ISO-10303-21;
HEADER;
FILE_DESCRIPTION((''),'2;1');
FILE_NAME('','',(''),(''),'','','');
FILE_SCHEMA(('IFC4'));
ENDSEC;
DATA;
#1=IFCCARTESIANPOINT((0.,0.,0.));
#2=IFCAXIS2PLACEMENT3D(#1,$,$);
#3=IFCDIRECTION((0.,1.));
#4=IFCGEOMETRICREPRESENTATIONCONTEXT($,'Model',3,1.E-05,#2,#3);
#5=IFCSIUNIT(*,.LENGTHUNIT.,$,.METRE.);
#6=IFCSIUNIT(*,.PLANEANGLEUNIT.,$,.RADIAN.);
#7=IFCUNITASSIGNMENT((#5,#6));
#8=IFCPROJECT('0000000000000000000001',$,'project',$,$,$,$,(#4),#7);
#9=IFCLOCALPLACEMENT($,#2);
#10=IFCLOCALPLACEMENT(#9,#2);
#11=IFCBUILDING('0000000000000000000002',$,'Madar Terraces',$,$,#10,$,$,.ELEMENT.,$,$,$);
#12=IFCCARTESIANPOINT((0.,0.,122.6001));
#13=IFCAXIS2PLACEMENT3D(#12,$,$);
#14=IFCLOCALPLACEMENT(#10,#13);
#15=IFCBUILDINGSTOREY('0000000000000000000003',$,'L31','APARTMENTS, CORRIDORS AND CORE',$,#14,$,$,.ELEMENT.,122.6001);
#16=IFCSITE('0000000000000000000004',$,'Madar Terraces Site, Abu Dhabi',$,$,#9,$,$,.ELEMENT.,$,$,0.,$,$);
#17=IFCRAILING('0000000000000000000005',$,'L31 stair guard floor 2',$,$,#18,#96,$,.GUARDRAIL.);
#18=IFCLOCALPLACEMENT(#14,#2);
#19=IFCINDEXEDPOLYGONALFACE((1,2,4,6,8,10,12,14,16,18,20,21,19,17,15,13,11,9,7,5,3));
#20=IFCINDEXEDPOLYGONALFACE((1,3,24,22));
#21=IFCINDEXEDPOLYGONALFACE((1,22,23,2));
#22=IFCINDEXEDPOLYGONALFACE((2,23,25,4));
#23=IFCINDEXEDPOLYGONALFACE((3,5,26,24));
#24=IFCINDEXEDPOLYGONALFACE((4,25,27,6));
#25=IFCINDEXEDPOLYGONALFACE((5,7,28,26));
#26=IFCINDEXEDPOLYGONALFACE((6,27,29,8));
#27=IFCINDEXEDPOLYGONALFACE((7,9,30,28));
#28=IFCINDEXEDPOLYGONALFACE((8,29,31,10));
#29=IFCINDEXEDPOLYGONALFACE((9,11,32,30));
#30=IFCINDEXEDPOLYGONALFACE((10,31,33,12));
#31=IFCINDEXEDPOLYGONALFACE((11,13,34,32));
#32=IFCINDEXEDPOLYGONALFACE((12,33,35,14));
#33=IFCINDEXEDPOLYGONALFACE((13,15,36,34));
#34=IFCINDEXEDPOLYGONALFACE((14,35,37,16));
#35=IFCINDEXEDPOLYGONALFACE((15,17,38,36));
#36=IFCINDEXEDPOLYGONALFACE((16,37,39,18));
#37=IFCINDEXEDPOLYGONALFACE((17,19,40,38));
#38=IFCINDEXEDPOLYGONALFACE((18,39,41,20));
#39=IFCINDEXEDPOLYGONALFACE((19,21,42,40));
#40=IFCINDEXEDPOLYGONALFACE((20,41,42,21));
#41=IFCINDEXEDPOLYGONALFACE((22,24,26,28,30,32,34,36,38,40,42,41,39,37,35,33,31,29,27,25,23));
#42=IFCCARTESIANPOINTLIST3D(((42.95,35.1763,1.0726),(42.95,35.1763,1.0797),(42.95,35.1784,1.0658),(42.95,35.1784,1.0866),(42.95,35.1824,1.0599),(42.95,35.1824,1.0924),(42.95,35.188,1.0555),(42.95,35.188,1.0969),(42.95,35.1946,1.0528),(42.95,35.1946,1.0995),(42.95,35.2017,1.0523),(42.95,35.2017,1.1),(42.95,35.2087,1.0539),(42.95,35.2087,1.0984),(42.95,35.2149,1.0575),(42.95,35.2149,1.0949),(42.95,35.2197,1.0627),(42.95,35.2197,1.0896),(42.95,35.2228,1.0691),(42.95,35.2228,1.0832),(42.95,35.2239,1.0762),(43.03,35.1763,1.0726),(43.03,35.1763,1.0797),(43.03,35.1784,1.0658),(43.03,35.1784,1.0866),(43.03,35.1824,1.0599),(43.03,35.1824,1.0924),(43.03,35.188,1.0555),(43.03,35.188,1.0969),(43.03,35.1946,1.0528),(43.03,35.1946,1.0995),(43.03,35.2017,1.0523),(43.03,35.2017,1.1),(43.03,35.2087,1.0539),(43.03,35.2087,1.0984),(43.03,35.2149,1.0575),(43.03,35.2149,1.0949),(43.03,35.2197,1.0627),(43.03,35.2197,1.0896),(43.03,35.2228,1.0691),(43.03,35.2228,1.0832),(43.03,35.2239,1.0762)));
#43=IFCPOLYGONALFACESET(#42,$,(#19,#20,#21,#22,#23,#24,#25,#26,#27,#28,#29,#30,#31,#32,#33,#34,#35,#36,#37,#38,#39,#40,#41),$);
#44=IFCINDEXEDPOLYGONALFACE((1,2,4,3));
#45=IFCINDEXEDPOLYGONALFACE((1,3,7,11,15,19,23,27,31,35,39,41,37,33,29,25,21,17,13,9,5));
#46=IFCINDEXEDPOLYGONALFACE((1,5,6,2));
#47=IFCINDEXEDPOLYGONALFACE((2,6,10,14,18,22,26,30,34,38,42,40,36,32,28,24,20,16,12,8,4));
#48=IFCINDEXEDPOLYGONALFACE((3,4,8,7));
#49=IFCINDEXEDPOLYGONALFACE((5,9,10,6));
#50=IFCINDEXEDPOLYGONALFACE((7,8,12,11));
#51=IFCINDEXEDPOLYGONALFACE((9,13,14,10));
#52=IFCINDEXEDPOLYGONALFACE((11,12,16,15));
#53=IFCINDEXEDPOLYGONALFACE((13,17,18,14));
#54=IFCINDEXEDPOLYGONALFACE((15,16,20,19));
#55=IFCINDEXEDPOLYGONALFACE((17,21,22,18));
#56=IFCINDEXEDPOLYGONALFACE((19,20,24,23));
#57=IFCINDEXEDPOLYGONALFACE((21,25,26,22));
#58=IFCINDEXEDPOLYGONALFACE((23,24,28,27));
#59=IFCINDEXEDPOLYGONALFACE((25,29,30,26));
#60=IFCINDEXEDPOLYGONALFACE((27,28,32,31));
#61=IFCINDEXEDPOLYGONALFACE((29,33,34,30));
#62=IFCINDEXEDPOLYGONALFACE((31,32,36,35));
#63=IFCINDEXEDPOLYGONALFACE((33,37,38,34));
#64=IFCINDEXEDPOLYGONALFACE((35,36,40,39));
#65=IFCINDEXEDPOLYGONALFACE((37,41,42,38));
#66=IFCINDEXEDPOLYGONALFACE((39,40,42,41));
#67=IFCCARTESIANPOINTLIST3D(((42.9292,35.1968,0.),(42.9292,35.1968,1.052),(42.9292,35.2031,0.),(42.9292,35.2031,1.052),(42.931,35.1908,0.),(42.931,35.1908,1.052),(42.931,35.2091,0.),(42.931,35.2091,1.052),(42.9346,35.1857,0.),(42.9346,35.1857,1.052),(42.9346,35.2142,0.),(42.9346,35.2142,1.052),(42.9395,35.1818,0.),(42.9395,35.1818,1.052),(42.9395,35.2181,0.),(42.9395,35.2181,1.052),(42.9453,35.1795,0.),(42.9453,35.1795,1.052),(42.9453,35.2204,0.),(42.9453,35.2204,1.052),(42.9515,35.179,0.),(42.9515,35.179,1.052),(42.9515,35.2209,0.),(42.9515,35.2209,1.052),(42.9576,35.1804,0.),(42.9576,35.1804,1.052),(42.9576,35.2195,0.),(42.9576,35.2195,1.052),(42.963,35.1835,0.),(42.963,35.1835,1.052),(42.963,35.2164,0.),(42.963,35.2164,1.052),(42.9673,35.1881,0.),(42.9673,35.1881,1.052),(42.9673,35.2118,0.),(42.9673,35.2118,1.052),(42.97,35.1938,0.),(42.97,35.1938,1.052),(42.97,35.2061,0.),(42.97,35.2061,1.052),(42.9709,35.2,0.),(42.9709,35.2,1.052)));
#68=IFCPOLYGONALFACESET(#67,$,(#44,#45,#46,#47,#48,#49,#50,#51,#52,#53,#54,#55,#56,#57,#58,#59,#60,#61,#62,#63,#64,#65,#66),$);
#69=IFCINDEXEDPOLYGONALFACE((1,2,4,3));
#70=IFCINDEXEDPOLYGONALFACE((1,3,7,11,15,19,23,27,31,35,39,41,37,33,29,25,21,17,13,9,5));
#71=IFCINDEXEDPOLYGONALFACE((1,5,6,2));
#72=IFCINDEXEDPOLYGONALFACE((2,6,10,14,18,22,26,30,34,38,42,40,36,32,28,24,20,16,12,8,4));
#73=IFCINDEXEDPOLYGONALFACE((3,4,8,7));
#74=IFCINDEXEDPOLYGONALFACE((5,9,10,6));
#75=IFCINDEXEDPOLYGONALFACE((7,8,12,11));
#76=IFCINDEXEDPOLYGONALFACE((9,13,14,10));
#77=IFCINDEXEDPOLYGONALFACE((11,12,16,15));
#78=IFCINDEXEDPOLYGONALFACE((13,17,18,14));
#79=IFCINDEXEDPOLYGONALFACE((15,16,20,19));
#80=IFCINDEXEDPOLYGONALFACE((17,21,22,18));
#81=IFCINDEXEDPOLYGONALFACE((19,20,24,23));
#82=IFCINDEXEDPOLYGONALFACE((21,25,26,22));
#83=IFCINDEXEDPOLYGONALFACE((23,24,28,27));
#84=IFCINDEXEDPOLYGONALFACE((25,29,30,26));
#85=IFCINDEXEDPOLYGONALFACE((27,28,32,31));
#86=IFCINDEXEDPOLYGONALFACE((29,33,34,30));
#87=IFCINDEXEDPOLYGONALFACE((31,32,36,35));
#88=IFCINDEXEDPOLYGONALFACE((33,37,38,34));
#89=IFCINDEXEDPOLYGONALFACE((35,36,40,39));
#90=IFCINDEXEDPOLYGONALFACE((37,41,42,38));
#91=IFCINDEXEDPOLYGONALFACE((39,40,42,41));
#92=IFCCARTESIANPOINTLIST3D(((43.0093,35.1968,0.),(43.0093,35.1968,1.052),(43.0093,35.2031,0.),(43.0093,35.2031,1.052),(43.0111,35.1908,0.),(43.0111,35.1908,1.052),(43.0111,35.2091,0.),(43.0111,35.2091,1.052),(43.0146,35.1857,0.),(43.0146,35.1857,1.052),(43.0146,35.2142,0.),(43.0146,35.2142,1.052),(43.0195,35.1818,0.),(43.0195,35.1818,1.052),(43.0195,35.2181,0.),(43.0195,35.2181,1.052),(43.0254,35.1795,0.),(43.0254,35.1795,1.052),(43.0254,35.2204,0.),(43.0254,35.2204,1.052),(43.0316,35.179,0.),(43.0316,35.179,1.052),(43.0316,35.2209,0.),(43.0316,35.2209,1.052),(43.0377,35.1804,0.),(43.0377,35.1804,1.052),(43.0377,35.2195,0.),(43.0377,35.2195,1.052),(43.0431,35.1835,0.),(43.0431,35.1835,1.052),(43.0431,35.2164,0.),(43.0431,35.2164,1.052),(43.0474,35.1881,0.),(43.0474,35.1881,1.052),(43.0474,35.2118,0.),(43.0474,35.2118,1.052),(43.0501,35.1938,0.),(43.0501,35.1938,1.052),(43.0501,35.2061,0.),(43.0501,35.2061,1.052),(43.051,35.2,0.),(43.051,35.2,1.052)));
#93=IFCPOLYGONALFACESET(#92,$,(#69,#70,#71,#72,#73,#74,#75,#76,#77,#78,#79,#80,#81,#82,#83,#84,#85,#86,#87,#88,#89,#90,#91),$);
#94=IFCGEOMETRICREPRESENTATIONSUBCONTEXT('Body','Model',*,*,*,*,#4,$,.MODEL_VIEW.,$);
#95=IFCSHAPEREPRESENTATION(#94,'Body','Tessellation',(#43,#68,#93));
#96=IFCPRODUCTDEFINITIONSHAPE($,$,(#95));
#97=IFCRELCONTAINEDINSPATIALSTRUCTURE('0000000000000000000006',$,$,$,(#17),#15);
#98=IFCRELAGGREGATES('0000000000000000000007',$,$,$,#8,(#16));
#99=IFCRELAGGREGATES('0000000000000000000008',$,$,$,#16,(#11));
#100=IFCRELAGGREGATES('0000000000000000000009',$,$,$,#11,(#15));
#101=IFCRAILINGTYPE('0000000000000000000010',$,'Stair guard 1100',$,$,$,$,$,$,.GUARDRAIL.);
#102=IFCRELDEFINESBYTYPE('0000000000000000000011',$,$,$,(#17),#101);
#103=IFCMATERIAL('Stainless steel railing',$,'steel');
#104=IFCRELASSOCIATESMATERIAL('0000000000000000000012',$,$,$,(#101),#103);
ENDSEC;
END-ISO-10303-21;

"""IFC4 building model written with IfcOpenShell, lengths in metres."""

from ifc_helpers import new_model, si_unit, direction, frame, origin, origin_2d, place, context, subcontext, project, spatial, circle, extrude, material, type_object, element, save


model = new_model("IFC4")

# Units and contexts
model_context = context("Model", 3, precision=1e-05, world=origin(), true_north=direction((0.0, 1.0)))
body_context = subcontext(model_context, "Body", "Model", "MODEL_VIEW")
ifc_project = project(units=[si_unit("LENGTHUNIT", "METRE"), si_unit("PLANEANGLEUNIT", "RADIAN")], contexts=[model_context])

# Site, building, storey
site_placement = place(None, origin())
site = spatial("IfcSite", under=ifc_project, at=site_placement, Name="Madar Terraces Site, Abu Dhabi", CompositionType="ELEMENT", RefElevation=0.0)
building_placement = place(site_placement, origin())
building = spatial("IfcBuilding", under=site, at=building_placement, Name="Madar Terraces", CompositionType="ELEMENT")
storey_placement = place(building_placement, frame((0.0, 0.0, 122.6001)))
storey = spatial("IfcBuildingStorey", under=building, at=storey_placement, Name="L31", Description="APARTMENTS, CORRIDORS AND CORE", CompositionType="ELEMENT", Elevation=122.6001)

# Railing
ifc_material_1 = material(Name="Stainless steel railing", Category="steel")
railing_type_1 = type_object("IfcRailingType", Name="Stair guard 1100", PredefinedType="GUARDRAIL", material=ifc_material_1)
railing_1_placement = place(storey_placement, frame((42.95, 35.2, 0.0)))
element("IfcRailing", 1, at=railing_1_placement, inside=storey, type_object=railing_type_1, Name="L31 stair guard floor 2", PredefinedType="GUARDRAIL", context=body_context, shape_type="SweptSolid", body=[
    extrude(circle(Radius=0.0239, at=origin_2d()), frame((0.0, 0.0, 1.0762), z_axis=(1.0, 0.0, 0.0), x_axis=(0.0, 1.0, 0.0)), (0.0, 0.0, 1.0), 0.0801),
    extrude(circle(Radius=0.021, at=origin_2d()), origin(), (0.0, 0.0, 1.0), 1.052),
    extrude(circle(Radius=0.021, at=origin_2d()), frame((0.0801, 0.0, 0.0)), (0.0, 0.0, 1.0), 1.052),
])

save(model, "model.ifc")
